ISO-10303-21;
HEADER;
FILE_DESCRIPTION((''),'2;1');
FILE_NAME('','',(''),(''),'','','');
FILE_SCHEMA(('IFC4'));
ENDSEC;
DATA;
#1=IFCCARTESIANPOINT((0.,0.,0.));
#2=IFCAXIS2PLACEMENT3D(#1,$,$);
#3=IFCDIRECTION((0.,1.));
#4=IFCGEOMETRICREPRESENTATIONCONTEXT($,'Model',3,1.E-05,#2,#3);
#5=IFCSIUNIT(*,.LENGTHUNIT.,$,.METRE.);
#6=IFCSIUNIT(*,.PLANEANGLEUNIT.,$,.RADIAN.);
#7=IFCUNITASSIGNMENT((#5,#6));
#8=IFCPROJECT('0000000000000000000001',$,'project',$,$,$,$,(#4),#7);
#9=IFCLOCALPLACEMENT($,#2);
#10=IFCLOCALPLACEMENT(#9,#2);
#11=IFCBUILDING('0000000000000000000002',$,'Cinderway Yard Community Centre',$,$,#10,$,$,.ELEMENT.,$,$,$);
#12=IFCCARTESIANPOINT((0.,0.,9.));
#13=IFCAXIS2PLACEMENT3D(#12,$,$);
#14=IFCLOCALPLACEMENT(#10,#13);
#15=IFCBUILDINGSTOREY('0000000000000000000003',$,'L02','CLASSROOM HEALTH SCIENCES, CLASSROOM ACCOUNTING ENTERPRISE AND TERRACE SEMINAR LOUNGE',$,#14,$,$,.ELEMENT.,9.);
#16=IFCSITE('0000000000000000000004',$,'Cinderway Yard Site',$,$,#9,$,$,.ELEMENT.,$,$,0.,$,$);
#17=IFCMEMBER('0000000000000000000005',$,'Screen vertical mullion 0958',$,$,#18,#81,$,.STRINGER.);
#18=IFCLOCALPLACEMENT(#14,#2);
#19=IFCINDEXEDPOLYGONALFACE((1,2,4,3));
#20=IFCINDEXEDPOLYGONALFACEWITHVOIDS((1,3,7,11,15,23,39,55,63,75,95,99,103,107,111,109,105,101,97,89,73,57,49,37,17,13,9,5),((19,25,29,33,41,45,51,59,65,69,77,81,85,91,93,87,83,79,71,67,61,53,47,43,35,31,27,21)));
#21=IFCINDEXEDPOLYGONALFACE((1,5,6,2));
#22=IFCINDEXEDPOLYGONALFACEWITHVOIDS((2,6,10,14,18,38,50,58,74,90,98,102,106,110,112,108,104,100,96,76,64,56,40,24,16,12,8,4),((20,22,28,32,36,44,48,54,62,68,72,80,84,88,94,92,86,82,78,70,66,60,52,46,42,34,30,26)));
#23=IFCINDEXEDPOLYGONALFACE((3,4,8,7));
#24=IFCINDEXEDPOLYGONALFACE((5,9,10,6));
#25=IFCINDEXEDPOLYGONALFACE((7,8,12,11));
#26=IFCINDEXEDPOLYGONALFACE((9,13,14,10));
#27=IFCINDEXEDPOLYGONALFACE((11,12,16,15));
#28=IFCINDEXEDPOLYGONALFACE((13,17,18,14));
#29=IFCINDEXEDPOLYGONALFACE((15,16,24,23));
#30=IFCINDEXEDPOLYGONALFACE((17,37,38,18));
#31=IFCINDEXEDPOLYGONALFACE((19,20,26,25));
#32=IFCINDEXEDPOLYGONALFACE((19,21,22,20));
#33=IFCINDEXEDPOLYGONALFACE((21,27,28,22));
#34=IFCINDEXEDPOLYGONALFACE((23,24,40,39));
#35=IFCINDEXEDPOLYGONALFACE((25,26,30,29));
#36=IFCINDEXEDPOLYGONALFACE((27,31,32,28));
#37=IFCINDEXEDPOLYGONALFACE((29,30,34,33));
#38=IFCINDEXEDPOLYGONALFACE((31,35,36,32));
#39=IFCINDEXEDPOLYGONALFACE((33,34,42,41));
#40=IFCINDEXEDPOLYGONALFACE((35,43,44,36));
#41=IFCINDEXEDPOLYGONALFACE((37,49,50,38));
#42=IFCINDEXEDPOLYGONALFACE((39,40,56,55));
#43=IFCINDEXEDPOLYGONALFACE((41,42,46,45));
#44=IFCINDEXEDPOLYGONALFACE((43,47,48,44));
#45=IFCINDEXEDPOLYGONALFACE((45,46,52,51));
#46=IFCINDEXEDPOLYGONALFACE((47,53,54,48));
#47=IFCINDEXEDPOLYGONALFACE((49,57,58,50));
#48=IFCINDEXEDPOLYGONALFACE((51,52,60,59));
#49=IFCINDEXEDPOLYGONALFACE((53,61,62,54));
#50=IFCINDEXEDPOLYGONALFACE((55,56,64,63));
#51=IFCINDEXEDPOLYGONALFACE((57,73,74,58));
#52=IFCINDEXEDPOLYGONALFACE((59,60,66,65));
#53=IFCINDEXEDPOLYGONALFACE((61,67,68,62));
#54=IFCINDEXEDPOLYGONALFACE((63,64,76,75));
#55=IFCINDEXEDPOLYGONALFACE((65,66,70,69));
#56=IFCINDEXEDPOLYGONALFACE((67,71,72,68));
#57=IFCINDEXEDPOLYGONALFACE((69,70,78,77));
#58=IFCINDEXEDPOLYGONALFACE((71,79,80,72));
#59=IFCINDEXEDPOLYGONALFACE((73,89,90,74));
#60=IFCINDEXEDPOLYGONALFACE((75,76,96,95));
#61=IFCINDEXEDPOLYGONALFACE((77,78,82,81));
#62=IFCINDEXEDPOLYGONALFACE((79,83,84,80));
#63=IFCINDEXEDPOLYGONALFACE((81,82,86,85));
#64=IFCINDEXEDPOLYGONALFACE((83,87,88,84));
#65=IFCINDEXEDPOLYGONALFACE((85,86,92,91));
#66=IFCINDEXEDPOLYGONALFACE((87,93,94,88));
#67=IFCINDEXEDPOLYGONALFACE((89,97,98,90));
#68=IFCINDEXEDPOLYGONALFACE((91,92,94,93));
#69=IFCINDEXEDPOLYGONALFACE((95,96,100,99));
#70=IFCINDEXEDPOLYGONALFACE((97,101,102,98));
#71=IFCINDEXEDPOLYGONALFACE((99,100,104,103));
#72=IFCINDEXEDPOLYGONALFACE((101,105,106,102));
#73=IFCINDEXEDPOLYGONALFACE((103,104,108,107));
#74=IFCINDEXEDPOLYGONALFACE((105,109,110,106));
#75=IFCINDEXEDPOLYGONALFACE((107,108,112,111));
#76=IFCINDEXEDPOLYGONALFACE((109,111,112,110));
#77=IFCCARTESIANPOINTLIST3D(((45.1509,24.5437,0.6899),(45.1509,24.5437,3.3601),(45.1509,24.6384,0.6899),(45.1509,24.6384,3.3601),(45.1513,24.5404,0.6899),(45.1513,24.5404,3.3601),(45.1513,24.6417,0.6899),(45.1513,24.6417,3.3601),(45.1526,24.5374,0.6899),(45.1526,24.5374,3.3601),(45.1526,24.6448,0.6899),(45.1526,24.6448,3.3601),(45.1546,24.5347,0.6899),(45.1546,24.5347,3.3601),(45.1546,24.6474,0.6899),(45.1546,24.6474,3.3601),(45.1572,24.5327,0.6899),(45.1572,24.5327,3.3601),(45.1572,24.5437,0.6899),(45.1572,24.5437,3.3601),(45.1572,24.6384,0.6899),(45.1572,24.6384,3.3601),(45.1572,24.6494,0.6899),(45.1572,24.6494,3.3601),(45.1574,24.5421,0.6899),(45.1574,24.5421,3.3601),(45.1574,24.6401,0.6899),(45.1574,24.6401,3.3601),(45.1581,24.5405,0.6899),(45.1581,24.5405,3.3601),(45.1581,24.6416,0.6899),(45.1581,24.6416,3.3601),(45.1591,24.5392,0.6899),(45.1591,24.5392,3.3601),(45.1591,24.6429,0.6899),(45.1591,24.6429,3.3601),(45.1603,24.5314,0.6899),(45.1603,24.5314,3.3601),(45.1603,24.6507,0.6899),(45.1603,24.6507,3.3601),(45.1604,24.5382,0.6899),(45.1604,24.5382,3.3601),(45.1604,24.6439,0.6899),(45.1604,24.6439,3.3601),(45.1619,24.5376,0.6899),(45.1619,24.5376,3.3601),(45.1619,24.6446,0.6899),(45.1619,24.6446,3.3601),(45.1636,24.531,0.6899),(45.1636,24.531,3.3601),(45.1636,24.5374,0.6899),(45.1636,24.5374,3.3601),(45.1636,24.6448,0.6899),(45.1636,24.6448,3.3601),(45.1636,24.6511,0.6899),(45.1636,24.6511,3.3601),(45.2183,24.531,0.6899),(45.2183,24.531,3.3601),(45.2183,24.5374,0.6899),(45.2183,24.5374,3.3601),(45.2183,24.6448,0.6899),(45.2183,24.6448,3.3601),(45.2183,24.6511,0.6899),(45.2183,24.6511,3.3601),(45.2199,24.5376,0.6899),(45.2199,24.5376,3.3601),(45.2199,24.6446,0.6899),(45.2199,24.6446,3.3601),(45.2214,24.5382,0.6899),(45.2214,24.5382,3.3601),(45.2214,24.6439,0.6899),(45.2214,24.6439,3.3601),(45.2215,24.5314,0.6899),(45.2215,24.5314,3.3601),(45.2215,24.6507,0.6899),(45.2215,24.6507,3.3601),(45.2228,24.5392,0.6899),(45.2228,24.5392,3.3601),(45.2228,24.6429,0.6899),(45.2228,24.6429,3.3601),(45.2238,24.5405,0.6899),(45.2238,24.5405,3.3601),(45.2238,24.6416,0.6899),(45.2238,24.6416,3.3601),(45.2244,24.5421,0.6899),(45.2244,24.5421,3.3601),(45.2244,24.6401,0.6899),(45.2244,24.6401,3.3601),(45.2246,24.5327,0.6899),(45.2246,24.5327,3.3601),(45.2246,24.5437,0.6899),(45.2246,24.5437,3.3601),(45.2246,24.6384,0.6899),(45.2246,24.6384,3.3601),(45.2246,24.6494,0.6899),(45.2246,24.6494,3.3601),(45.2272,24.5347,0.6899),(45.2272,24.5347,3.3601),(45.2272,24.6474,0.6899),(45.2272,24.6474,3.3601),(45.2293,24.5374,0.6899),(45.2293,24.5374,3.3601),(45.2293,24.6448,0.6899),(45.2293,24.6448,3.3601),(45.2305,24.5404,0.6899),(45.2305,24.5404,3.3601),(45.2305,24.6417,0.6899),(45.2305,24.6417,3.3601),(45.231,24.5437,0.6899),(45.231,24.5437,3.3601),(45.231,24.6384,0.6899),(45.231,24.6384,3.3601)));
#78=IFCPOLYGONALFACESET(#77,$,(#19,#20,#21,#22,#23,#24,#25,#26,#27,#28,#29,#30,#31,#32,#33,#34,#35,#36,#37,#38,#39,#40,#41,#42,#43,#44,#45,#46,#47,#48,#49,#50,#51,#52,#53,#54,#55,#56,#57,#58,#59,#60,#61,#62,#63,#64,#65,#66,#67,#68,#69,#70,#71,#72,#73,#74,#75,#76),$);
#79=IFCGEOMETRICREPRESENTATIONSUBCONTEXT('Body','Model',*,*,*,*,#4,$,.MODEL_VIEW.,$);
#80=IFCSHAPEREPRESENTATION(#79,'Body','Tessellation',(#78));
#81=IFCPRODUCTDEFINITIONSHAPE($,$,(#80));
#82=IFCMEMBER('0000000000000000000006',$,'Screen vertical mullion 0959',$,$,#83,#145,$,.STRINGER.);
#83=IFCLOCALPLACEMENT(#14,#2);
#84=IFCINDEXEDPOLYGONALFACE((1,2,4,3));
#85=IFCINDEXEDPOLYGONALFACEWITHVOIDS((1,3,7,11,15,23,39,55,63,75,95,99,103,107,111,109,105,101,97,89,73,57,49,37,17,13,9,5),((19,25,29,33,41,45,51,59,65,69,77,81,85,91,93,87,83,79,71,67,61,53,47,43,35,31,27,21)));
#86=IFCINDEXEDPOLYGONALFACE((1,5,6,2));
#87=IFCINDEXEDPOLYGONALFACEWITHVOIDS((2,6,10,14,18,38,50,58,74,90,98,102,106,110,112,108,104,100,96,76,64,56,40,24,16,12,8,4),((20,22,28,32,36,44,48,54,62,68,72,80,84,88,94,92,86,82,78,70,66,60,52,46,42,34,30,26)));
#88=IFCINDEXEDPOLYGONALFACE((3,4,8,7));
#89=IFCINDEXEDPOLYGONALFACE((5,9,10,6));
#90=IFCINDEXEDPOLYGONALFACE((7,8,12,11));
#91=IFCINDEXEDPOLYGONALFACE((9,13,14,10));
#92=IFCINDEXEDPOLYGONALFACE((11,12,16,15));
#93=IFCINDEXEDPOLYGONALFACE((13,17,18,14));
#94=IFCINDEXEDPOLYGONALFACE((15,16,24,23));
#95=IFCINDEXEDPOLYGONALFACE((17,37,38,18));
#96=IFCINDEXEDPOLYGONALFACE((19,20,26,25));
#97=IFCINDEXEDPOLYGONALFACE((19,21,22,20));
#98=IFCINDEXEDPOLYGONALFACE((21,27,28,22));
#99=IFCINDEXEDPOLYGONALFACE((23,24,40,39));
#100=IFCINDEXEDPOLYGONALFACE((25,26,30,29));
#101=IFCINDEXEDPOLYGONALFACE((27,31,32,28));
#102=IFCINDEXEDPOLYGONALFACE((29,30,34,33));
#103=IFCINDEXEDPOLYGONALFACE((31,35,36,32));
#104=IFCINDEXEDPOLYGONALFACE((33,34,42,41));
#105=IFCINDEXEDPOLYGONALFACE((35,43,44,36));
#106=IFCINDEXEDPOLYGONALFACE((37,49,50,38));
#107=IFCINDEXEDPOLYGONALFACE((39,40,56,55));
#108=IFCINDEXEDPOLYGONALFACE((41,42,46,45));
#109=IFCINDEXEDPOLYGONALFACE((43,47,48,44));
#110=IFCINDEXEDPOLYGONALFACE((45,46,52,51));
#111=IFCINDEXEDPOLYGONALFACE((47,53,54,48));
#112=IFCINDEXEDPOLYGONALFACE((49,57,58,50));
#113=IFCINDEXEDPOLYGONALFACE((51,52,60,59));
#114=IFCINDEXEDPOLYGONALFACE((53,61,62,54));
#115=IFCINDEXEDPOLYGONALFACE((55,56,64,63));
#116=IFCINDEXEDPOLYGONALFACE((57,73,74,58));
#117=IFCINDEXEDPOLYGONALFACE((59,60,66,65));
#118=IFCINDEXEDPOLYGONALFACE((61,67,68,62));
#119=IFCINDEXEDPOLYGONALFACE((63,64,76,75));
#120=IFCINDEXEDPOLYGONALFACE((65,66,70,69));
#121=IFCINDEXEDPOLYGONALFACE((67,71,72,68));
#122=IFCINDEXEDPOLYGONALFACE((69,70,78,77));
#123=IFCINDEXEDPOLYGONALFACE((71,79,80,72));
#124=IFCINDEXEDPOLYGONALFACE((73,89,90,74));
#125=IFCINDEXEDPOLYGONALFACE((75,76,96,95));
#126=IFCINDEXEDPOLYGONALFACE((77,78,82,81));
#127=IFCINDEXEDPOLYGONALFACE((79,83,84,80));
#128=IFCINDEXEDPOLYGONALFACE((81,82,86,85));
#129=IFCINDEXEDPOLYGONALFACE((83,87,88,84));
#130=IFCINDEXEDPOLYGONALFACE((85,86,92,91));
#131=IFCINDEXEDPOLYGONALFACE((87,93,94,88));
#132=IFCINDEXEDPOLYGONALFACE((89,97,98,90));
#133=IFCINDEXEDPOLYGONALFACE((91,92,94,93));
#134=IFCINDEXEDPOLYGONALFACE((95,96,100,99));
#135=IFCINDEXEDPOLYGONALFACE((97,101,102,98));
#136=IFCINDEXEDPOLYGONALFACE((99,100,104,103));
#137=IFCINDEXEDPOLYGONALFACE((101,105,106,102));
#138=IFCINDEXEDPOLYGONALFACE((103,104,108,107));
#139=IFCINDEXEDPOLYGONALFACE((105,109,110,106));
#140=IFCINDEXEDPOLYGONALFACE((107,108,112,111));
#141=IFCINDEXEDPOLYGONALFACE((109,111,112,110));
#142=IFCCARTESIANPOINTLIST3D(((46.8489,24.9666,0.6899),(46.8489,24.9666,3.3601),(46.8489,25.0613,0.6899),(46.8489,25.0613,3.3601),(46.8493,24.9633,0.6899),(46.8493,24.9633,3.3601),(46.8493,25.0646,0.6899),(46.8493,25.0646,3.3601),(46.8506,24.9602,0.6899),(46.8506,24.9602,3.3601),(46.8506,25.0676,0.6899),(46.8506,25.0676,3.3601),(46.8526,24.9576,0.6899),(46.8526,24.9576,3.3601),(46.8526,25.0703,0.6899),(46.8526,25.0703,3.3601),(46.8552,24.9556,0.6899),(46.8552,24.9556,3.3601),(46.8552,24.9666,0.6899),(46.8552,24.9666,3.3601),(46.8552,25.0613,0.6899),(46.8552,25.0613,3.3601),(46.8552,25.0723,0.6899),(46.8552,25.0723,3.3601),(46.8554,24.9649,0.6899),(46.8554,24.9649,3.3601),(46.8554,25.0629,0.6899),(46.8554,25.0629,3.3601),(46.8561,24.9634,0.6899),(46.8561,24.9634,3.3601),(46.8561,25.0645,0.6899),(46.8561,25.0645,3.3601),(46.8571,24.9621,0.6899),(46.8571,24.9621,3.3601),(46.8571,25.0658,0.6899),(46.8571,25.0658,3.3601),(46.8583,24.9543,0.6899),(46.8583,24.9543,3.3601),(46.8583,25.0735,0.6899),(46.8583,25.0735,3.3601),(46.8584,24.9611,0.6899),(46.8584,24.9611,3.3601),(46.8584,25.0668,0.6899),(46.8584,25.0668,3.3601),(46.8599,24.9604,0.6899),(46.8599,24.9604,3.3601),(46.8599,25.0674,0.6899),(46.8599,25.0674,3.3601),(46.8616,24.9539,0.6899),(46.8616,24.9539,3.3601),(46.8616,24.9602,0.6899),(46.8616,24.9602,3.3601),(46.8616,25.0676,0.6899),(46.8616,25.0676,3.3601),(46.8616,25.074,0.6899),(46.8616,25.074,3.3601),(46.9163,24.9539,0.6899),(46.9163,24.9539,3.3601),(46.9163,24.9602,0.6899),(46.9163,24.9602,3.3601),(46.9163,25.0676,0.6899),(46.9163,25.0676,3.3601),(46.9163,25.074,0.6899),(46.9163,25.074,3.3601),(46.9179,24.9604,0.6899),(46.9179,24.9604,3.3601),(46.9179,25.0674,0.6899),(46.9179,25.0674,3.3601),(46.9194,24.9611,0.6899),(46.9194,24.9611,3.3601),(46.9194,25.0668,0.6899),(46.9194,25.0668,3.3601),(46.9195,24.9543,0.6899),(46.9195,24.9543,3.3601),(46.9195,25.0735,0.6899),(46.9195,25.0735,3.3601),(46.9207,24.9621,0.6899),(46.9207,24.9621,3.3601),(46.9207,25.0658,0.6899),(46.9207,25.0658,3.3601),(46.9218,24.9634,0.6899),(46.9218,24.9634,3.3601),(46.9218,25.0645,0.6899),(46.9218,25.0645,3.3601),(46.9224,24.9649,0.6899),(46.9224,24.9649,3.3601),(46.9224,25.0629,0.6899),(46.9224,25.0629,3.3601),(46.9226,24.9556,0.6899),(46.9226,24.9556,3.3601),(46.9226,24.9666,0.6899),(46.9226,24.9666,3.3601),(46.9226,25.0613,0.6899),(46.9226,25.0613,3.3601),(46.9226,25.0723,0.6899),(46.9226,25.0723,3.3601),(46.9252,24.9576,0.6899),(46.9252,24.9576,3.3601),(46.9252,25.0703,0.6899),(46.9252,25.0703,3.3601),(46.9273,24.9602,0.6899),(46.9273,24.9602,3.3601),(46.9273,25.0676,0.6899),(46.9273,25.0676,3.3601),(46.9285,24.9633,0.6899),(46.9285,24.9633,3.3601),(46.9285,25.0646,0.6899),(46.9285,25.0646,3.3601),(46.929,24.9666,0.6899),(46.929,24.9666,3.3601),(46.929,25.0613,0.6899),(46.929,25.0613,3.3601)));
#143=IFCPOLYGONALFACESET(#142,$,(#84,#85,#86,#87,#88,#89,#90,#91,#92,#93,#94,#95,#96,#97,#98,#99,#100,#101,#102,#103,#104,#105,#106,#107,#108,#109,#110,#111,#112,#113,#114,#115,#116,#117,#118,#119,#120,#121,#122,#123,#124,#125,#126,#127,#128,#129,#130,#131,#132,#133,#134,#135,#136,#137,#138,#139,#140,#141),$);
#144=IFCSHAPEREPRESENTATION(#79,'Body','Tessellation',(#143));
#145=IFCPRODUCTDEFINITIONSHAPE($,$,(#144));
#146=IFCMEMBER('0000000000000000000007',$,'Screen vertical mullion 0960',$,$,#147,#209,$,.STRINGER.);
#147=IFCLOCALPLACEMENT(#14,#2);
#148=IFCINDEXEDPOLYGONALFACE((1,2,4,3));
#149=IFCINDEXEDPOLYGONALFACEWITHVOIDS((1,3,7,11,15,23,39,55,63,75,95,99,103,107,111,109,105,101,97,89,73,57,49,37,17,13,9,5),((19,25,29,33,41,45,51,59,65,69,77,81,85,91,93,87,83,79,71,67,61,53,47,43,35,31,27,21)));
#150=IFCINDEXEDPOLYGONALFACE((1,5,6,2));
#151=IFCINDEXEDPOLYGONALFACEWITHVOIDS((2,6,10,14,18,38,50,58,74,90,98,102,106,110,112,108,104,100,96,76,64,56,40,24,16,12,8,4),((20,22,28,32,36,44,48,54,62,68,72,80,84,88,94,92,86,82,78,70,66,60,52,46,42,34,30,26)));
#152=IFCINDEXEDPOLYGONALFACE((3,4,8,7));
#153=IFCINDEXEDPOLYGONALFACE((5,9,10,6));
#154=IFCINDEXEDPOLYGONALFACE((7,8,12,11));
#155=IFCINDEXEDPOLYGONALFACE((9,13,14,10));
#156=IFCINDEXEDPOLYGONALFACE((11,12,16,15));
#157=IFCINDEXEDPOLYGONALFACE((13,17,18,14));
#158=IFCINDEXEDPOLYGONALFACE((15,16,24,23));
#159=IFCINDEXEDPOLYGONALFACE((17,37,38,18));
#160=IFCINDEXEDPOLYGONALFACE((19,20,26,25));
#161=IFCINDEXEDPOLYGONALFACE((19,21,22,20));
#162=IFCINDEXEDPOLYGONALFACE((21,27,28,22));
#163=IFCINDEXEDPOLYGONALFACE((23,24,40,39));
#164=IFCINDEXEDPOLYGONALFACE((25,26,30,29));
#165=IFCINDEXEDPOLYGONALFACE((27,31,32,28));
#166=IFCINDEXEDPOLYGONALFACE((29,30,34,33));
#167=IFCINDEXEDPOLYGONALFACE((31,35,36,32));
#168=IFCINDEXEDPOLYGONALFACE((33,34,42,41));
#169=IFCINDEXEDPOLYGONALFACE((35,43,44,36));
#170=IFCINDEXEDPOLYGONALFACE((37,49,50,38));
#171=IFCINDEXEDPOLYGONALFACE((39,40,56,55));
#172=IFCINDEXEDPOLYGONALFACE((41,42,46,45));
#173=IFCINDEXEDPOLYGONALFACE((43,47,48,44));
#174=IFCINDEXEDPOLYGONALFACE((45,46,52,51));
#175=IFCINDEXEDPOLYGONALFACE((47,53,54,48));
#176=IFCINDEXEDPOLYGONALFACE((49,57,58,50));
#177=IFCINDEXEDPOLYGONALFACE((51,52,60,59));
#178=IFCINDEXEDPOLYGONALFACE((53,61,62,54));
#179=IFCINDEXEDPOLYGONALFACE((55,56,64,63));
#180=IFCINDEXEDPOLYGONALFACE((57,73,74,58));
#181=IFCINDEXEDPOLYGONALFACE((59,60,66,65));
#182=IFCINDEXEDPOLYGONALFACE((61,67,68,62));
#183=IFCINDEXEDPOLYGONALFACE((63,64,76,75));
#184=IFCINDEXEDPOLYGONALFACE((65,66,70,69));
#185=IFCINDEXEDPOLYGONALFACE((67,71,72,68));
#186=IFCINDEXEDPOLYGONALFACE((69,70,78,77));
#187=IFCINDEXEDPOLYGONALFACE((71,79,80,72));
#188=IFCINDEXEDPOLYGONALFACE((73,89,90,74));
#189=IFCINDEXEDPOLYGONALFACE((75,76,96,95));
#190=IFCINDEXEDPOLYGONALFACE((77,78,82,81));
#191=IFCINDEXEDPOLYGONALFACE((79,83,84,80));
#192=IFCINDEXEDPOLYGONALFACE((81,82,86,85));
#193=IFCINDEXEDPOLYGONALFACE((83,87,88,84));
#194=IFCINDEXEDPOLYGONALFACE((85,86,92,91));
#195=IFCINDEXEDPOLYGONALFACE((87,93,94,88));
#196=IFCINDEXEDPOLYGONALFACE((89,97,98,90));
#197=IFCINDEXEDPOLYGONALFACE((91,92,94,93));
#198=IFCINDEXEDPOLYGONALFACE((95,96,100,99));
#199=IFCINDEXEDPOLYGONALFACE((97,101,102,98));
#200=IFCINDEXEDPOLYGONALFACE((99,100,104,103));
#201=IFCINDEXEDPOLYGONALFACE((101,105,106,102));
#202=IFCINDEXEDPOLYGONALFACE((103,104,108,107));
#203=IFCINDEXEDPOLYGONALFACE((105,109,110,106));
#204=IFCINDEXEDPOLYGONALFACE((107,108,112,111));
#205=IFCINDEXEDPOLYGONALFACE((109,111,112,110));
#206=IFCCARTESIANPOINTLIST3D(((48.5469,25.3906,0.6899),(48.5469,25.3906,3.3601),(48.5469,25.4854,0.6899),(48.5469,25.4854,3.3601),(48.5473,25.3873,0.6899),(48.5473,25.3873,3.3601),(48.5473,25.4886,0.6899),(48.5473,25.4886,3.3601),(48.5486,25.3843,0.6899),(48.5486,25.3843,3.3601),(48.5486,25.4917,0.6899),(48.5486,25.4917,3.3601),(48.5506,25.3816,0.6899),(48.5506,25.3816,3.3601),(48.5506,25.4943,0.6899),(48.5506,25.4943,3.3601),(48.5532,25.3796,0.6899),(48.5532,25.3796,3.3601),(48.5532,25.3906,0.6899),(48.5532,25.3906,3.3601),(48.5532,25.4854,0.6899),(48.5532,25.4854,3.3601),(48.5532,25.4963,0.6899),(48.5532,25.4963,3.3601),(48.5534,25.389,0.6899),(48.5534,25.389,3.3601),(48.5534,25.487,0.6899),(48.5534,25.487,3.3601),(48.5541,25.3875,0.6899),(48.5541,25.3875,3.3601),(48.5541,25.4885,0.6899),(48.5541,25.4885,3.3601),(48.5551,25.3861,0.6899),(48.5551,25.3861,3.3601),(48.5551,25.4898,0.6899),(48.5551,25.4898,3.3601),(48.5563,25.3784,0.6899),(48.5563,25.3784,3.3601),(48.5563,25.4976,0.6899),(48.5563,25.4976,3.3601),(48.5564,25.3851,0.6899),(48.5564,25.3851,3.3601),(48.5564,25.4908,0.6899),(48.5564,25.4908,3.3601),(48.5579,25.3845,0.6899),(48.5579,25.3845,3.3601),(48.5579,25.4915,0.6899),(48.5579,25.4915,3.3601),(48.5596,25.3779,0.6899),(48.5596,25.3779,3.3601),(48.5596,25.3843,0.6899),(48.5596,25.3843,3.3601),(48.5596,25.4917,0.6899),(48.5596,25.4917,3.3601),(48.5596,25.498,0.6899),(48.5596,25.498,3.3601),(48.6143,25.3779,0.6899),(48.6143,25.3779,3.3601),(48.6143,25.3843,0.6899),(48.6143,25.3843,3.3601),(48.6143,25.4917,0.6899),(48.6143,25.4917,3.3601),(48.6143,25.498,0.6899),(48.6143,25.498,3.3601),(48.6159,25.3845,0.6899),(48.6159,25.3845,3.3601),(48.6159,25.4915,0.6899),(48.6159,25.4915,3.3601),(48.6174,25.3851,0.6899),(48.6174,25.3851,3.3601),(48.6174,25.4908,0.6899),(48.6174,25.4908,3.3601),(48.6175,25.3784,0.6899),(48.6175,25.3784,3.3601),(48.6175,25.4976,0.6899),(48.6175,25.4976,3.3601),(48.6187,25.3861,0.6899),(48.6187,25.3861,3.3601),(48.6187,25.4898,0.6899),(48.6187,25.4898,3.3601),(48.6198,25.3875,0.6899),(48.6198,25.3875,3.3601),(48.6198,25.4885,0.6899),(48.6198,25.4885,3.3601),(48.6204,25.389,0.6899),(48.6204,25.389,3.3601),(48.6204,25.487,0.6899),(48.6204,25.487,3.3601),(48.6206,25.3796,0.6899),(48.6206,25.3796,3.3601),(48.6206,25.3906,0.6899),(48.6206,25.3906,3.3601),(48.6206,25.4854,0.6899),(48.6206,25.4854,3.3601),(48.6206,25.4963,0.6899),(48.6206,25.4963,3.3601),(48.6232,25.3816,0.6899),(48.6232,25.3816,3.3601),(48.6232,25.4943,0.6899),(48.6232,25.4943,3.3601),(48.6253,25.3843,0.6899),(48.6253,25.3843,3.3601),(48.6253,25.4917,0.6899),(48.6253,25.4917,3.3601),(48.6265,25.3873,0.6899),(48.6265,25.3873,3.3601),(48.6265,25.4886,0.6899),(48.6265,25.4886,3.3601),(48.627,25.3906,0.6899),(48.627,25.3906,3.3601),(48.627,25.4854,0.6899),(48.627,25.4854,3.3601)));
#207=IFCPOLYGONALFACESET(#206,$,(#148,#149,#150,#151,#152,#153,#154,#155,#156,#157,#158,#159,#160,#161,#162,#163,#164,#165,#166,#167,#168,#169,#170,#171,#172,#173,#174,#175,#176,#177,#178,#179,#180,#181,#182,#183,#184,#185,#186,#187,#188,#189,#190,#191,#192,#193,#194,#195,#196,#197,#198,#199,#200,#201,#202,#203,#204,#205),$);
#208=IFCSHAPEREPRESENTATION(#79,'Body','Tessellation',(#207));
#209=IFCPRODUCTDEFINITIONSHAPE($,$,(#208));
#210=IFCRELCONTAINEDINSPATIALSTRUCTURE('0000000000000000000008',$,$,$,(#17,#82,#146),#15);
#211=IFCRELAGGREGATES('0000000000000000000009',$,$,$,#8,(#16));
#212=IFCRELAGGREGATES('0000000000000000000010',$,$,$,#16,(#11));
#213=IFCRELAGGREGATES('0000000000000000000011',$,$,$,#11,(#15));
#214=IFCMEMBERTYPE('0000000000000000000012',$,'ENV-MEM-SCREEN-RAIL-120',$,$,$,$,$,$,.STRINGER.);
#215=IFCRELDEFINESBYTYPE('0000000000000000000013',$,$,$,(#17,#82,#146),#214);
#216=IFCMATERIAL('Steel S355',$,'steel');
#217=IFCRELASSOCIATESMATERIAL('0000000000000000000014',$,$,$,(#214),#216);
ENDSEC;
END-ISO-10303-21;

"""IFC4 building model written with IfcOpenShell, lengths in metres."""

from ifc_helpers import new_model, si_unit, direction, frame, origin, origin_2d, place, context, subcontext, project, spatial, hollow_rectangle, extrude, material, material_profile, profile_set, type_object, element, save


model = new_model("IFC4")

# Units and contexts
model_context = context("Model", 3, precision=1e-05, world=origin(), true_north=direction((0.0, 1.0)))
body_context = subcontext(model_context, "Body", "Model", "MODEL_VIEW")
ifc_project = project(units=[si_unit("LENGTHUNIT", "METRE"), si_unit("PLANEANGLEUNIT", "RADIAN")], contexts=[model_context])

# Site, building, storey
site_placement = place(None, origin())
site = spatial("IfcSite", under=ifc_project, at=site_placement, Name="Cinderway Yard Site", CompositionType="ELEMENT", RefElevation=0.0)
building_placement = place(site_placement, origin())
building = spatial("IfcBuilding", under=site, at=building_placement, Name="Cinderway Yard Community Centre", CompositionType="ELEMENT")
storey_placement = place(building_placement, frame((0.0, 0.0, 9.0)))
storey = spatial("IfcBuildingStorey", under=building, at=storey_placement, Name="L02", Description="CLASSROOM HEALTH SCIENCES, CLASSROOM ACCOUNTING ENTERPRISE AND TERRACE SEMINAR LOUNGE", CompositionType="ELEMENT", Elevation=9.0)

# Members
ifc_material_1 = material(Name="Steel S355", Category="steel")
ifc_material_profile_1 = material_profile(ifc_material_1, hollow_rectangle(XDim=0.0801, YDim=0.1201, WallThickness=0.0063, InnerFilletRadius=0.0063, OuterFilletRadius=0.0127, at=origin_2d()), Name="Steel S355")
ifc_profile_set_1 = profile_set([ifc_material_profile_1], Name="Steel S355")
member_type_1 = type_object("IfcMemberType", Name="ENV-MEM-SCREEN-RAIL-120", PredefinedType="STRINGER", material=ifc_profile_set_1)
for number, where, z_axis, x_axis, name in (
    (1, (45.1909, 24.5911, 0.6899), (0.0, 0.0, 1.0), (1.0, 0.0, 0.0), "Screen vertical mullion 0958"),
    (2, (46.8889, 25.0139, 0.6899), (0.0, 0.0, 1.0), (1.0, 0.0, 0.0), "Screen vertical mullion 0959"),
    (3, (48.5869, 25.438, 0.6899), (0.0, 0.0, 1.0), (1.0, 0.0, 0.0), "Screen vertical mullion 0960"),
):
    element("IfcMember", number, at=place(storey_placement, frame(where, z_axis=z_axis, x_axis=x_axis)), inside=storey, type_object=member_type_1, Name=name, PredefinedType="STRINGER", context=body_context, shape_type="SweptSolid", body=[
        extrude(hollow_rectangle(XDim=0.0801, YDim=0.1201, WallThickness=0.0063, InnerFilletRadius=0.0063, OuterFilletRadius=0.0127, at=origin_2d()), origin(), (0.0, 0.0, 1.0), 2.6702),
    ])

save(model, "model.ifc")
